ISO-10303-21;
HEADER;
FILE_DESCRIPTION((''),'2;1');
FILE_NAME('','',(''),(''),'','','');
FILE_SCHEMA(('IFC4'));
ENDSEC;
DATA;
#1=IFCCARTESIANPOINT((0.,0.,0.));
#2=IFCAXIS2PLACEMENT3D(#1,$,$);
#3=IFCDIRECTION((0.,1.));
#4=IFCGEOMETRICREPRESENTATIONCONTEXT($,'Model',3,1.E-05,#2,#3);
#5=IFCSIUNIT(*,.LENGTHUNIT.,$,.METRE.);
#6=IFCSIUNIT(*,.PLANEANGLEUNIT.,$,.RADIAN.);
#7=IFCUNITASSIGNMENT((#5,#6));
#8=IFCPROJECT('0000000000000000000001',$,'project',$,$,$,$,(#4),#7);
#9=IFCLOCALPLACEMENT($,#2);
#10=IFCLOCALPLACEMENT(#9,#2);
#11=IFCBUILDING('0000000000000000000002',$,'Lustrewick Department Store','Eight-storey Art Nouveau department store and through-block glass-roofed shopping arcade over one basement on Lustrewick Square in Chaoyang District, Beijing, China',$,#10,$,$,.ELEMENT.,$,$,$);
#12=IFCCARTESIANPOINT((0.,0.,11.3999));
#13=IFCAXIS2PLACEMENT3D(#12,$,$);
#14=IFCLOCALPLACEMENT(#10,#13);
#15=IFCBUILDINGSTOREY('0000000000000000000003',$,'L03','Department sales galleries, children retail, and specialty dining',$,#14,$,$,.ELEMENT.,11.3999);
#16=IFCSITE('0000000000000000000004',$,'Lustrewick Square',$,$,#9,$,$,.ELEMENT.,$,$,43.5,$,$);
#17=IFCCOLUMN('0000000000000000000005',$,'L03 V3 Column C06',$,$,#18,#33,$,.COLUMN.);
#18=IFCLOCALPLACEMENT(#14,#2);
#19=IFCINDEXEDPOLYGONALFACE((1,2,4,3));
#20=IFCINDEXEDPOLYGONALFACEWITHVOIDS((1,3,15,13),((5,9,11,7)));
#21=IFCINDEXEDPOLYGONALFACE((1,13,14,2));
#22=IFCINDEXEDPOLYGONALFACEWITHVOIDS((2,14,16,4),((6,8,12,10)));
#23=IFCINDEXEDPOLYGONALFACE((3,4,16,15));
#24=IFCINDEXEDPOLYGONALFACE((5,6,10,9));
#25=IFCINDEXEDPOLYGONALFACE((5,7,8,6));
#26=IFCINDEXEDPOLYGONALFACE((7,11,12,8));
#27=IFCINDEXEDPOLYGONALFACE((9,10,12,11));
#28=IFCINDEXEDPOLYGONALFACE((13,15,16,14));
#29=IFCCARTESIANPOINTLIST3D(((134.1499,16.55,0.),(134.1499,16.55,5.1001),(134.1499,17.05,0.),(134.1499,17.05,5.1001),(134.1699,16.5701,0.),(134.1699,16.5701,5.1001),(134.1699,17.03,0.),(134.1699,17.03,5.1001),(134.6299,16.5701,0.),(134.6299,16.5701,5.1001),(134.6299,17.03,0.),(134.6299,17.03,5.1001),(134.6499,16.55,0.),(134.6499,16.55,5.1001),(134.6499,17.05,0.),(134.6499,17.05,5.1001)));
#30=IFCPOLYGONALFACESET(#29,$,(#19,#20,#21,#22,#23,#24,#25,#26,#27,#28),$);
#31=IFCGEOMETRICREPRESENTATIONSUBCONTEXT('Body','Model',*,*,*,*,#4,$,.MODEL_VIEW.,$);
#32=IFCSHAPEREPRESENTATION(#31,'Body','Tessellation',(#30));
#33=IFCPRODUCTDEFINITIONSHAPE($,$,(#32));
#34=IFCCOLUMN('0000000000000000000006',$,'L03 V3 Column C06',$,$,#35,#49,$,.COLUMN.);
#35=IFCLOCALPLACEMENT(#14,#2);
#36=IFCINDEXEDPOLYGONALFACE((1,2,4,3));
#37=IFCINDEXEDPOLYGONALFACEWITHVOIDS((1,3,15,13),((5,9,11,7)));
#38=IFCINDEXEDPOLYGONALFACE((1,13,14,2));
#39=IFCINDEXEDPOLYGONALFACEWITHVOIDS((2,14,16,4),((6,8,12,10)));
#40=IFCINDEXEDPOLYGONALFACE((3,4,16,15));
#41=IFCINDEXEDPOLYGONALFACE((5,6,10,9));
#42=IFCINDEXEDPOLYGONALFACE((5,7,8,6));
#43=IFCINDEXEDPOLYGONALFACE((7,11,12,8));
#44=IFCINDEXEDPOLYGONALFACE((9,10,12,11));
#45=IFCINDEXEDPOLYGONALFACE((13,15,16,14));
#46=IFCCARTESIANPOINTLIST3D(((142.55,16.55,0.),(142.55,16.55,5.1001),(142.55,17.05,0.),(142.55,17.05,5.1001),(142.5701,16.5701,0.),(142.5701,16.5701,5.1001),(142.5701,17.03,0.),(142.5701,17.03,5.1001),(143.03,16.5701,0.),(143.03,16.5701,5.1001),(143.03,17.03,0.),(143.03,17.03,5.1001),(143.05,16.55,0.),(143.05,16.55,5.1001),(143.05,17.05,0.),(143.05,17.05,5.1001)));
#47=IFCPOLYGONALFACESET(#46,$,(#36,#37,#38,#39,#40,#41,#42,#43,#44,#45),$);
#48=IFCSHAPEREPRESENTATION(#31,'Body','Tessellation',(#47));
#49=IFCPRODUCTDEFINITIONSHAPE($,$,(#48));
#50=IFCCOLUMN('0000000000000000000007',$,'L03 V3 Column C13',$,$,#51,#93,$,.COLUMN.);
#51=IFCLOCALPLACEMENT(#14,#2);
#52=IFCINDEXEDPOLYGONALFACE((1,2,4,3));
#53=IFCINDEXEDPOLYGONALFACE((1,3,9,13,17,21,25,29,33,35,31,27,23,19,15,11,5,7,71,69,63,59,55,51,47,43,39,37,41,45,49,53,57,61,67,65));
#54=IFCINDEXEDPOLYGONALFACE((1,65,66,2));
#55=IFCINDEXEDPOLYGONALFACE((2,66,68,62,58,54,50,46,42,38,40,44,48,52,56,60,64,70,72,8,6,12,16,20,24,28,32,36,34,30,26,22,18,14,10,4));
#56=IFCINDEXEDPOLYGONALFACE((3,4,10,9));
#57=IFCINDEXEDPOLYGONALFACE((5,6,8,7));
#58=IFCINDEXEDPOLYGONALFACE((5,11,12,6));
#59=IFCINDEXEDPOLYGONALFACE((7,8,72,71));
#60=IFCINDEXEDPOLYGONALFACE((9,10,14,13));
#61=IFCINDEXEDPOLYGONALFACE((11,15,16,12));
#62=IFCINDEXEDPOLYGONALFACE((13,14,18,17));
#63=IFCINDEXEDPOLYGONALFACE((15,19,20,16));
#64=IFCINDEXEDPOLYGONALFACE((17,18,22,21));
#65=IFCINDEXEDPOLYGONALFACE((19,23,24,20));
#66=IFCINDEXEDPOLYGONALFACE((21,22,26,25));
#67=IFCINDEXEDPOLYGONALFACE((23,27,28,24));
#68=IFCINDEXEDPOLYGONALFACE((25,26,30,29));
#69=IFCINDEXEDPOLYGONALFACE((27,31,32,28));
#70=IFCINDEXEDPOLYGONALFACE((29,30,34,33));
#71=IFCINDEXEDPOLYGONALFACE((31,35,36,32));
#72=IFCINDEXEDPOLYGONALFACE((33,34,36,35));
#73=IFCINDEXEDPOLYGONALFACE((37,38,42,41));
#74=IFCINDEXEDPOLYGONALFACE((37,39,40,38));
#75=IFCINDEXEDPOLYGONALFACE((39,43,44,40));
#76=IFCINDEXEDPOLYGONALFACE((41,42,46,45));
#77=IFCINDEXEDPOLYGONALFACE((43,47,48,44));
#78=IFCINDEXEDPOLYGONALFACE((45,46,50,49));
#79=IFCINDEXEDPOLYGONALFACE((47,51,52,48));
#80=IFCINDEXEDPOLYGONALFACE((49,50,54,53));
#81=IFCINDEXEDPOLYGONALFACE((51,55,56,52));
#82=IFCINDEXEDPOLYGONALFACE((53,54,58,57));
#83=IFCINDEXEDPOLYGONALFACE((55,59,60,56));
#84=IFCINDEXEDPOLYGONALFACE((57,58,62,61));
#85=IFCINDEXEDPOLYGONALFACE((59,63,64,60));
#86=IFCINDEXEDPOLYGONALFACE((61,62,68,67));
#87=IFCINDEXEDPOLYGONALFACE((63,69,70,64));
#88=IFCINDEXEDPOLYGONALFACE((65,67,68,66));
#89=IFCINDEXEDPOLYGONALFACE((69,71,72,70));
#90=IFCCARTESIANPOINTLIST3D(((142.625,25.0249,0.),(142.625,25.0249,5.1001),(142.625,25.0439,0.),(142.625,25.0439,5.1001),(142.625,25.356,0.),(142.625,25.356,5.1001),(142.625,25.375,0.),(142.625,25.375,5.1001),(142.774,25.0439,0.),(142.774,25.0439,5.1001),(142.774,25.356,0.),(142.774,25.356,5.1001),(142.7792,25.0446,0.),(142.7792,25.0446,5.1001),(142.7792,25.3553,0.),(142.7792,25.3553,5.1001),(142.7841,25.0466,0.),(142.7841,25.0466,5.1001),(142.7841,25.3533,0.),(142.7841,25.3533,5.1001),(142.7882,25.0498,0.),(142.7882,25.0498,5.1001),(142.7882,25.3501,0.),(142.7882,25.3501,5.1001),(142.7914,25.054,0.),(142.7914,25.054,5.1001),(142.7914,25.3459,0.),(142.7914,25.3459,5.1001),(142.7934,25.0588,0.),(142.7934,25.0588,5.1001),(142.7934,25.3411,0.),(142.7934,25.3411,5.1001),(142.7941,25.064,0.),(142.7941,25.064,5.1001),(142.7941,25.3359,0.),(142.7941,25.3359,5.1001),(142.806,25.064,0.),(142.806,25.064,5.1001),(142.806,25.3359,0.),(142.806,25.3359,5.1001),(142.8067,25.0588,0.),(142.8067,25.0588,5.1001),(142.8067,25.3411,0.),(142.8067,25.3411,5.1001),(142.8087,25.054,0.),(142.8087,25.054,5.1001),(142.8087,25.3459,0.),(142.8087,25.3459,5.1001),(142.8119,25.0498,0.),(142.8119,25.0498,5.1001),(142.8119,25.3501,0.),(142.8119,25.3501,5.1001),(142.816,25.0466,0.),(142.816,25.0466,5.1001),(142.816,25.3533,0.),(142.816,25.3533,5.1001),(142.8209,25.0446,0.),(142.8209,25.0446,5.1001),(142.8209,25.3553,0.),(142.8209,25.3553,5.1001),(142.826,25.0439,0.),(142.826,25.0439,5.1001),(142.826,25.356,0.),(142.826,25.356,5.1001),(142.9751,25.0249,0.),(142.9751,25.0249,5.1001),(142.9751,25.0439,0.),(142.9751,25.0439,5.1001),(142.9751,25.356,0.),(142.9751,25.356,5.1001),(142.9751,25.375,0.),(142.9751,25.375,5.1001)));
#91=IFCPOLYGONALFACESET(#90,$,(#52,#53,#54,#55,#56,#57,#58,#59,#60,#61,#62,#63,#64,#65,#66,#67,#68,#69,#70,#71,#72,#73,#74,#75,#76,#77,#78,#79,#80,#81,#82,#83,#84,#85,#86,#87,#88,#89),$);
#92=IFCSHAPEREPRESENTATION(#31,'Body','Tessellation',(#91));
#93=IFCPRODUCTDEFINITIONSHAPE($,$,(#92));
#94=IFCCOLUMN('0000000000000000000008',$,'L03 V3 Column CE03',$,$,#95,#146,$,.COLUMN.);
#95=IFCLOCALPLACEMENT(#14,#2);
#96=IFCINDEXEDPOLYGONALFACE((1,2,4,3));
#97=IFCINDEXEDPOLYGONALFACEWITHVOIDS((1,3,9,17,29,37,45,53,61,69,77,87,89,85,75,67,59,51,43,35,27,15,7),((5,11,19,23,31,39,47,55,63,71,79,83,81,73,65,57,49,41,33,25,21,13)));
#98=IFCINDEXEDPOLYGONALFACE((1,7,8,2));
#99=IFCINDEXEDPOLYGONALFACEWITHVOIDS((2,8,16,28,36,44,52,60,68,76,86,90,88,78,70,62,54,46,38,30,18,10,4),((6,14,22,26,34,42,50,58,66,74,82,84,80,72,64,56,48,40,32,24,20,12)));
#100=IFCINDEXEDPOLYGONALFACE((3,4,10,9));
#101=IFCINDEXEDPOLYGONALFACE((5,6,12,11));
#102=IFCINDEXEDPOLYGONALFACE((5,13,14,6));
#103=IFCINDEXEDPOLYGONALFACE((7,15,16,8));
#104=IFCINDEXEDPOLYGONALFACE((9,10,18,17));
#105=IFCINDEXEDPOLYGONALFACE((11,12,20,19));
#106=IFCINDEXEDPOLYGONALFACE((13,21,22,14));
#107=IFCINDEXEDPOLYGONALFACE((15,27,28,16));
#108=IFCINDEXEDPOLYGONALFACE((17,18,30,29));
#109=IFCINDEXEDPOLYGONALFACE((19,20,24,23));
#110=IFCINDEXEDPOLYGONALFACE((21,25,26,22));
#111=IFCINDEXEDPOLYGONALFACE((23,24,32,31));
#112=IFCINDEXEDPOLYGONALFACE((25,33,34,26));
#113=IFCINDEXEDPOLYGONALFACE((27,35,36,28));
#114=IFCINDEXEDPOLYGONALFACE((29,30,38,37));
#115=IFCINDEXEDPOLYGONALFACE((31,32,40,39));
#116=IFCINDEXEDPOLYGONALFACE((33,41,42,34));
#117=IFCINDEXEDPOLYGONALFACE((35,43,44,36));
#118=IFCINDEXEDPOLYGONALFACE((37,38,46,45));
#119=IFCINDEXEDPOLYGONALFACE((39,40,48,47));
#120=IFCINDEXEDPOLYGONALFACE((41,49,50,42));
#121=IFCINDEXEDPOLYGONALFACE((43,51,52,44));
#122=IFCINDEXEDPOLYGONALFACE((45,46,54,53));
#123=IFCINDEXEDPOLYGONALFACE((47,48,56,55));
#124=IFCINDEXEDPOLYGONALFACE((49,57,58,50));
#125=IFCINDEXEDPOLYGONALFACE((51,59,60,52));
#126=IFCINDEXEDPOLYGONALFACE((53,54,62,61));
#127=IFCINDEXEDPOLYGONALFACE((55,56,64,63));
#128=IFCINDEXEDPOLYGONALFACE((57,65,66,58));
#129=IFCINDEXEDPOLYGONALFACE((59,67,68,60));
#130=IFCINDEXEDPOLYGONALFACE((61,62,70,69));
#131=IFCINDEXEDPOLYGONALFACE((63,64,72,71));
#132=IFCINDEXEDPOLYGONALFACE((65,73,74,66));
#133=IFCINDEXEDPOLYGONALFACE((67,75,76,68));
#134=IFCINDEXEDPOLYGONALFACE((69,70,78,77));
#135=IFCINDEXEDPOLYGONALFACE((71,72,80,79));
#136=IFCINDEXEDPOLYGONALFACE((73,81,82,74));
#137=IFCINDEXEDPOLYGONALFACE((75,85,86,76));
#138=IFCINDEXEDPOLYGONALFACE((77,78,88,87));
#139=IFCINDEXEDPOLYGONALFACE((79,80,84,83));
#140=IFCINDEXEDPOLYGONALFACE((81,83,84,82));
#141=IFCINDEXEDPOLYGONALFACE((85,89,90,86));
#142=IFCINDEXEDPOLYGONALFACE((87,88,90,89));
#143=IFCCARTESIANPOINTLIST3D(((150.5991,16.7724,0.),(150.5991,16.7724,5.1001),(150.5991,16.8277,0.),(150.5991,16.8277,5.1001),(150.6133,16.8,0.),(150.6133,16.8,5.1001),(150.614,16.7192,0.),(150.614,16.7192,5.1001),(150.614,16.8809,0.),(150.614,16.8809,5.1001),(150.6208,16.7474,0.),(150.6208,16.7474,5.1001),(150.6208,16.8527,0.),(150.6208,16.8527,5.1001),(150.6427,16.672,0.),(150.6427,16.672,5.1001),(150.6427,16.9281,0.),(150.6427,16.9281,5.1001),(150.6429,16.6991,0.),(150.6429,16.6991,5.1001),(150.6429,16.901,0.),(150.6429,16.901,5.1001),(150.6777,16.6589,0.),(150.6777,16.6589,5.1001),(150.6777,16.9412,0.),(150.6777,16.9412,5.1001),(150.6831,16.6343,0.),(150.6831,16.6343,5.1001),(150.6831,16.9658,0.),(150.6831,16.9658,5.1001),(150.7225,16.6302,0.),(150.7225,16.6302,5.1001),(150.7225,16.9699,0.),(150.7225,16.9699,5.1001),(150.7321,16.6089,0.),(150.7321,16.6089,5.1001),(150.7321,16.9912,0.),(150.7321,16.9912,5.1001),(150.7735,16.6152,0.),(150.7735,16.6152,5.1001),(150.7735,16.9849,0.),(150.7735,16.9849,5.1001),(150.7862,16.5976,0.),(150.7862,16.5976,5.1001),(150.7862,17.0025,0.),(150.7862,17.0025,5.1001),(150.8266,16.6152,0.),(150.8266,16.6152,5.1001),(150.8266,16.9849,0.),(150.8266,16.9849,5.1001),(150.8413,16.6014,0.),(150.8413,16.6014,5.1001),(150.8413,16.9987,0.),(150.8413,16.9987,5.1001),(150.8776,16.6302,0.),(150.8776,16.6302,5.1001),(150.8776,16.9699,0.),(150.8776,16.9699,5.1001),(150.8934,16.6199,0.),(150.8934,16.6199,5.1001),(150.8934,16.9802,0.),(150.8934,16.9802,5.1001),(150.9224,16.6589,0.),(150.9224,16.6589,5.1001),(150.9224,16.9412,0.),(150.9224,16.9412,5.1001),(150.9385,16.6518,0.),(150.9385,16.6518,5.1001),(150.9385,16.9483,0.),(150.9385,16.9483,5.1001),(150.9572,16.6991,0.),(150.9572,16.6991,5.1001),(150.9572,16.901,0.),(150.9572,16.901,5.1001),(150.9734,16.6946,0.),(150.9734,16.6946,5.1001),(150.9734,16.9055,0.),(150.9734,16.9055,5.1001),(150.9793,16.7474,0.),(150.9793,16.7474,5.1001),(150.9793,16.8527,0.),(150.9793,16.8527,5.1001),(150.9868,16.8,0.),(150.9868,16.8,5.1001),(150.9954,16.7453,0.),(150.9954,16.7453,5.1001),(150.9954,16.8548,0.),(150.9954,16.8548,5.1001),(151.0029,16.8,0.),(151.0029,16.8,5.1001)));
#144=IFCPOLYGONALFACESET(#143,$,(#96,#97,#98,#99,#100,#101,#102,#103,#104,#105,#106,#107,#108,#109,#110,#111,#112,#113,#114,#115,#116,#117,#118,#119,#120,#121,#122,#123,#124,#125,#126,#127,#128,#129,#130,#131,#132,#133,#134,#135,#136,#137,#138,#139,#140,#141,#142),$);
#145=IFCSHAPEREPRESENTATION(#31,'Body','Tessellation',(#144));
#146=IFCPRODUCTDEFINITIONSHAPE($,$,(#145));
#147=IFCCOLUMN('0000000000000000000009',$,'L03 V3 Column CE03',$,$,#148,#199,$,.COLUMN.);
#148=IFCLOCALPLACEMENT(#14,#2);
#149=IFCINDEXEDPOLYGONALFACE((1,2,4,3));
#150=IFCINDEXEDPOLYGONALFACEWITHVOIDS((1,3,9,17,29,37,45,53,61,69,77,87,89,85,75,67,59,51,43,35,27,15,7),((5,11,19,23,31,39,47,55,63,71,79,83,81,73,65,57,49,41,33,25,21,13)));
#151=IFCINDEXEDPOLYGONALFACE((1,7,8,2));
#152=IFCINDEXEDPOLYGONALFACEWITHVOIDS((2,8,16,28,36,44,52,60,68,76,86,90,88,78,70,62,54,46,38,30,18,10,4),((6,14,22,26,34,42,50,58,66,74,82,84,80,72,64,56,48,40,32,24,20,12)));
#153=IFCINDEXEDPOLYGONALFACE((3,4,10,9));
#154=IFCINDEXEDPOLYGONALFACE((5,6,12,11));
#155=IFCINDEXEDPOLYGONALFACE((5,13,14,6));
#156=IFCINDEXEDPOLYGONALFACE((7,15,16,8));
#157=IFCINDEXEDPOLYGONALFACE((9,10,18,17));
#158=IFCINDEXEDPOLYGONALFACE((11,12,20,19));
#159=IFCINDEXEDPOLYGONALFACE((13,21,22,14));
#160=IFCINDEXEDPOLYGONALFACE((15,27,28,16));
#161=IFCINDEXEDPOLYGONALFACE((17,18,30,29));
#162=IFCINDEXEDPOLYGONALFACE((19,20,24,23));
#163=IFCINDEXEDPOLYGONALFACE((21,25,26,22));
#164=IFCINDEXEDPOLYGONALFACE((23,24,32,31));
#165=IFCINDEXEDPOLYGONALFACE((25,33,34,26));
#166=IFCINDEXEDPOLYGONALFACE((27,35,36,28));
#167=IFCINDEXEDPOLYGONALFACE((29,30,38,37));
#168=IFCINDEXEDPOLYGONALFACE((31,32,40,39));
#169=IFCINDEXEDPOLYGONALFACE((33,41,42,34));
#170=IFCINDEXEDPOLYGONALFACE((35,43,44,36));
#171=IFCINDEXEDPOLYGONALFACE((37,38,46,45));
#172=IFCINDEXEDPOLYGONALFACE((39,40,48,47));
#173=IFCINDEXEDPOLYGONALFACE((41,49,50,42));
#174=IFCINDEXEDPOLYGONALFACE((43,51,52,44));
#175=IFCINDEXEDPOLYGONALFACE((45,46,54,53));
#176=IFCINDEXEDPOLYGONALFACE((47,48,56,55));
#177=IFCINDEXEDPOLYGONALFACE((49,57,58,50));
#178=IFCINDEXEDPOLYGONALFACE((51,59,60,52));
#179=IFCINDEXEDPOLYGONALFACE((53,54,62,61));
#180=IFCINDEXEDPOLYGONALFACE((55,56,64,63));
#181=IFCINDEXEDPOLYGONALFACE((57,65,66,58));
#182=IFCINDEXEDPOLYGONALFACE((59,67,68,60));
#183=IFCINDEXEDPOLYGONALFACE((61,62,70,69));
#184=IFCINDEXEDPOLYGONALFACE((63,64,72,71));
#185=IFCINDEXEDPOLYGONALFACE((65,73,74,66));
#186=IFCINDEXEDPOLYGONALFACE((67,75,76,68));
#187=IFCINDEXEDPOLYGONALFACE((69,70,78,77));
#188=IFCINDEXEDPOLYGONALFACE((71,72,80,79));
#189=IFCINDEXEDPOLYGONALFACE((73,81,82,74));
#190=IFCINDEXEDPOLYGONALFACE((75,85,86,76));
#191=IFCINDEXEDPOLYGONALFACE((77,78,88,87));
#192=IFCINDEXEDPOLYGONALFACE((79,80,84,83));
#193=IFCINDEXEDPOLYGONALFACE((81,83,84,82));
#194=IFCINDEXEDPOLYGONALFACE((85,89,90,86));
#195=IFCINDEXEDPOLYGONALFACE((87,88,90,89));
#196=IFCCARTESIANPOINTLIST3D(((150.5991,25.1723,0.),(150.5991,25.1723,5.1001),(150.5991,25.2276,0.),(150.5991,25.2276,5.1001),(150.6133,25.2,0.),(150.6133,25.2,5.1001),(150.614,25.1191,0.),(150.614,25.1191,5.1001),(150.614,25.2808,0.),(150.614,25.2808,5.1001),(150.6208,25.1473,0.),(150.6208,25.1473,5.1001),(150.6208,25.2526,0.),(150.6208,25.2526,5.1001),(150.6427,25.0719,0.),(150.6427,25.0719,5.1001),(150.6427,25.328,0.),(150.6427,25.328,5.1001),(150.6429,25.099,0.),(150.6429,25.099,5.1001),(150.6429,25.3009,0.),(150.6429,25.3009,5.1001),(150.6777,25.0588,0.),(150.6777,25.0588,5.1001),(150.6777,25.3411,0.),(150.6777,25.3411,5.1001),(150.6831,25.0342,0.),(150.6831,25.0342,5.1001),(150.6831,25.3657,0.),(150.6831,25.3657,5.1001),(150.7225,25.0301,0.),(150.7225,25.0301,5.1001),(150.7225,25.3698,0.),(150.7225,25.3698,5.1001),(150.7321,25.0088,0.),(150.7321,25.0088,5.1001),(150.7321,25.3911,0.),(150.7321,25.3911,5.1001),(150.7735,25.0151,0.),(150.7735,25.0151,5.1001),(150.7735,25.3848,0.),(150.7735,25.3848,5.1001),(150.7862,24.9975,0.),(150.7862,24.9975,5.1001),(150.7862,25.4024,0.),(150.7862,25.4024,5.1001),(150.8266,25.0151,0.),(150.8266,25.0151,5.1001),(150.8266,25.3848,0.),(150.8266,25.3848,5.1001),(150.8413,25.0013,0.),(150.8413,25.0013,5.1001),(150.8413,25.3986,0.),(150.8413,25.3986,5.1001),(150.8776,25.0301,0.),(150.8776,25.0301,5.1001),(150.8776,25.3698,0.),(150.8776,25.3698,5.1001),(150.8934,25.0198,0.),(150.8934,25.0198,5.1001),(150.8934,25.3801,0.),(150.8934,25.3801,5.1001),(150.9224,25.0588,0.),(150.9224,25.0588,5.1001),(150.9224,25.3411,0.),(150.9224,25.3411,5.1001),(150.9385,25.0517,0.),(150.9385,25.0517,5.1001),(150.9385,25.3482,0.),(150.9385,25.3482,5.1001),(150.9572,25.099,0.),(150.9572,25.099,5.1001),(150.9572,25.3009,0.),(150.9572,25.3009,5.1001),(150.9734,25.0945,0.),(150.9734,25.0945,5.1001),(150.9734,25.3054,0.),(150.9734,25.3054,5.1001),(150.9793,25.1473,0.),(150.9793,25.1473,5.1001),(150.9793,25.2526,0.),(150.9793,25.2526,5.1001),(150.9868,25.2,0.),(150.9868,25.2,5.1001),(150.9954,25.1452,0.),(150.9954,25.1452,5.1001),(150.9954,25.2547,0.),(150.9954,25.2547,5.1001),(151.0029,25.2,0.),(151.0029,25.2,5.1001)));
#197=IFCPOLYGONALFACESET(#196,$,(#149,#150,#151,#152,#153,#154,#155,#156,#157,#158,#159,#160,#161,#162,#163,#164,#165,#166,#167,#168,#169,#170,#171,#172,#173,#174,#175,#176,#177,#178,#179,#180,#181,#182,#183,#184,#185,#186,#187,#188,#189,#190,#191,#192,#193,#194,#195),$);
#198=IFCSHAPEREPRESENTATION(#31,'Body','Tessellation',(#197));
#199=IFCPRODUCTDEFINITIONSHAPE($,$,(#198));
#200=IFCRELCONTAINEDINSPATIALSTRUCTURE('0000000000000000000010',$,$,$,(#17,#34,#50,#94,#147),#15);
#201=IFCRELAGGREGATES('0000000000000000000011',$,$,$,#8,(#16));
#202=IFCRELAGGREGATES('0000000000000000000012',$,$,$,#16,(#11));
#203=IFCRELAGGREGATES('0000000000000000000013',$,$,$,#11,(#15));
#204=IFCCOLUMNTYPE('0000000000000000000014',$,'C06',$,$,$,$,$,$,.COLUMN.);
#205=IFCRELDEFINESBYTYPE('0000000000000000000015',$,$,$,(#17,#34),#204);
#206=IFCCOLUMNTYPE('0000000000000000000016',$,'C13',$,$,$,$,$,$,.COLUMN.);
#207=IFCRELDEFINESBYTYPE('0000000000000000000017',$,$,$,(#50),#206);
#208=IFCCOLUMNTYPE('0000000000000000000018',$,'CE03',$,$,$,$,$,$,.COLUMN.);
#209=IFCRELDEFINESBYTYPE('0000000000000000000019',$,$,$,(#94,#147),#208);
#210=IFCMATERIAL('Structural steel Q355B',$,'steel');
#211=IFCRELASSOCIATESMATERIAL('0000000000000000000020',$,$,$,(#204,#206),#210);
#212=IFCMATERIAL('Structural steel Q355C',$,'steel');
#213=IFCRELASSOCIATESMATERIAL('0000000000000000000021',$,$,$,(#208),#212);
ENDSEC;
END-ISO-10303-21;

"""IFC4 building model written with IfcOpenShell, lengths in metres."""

from ifc_helpers import new_model, si_unit, direction, frame, origin, origin_2d, place, context, subcontext, project, spatial, hollow_rectangle, hollow_circle, i_section, extrude, material, material_profile, profile_set, type_object, element, save


model = new_model("IFC4")

# Units and contexts
model_context = context("Model", 3, precision=1e-05, world=origin(), true_north=direction((0.0, 1.0)))
body_context = subcontext(model_context, "Body", "Model", "MODEL_VIEW")
ifc_project = project(units=[si_unit("LENGTHUNIT", "METRE"), si_unit("PLANEANGLEUNIT", "RADIAN")], contexts=[model_context])

# Site, building, storey
site_placement = place(None, origin())
site = spatial("IfcSite", under=ifc_project, at=site_placement, Name="Lustrewick Square", CompositionType="ELEMENT", RefElevation=43.5)
building_placement = place(site_placement, origin())
building = spatial("IfcBuilding", under=site, at=building_placement, Name="Lustrewick Department Store", Description="Eight-storey Art Nouveau department store and through-block glass-roofed shopping arcade over one basement on Lustrewick Square in Chaoyang District, Beijing, China", CompositionType="ELEMENT")
storey_placement = place(building_placement, frame((0.0, 0.0, 11.3999)))
storey = spatial("IfcBuildingStorey", under=building, at=storey_placement, Name="L03", Description="Department sales galleries, children retail, and specialty dining", CompositionType="ELEMENT", Elevation=11.3999)

# Columns
ifc_material_1 = material(Name="Structural steel Q355B", Category="steel")
ifc_material_profile_1 = material_profile(ifc_material_1, hollow_rectangle(XDim=0.5, YDim=0.5, WallThickness=0.02, at=origin_2d()), Name="BOX 500x500x20")
ifc_profile_set_1 = profile_set([ifc_material_profile_1], Name="Structural steel Q355B")
column_type_1 = type_object("IfcColumnType", Name="C06", PredefinedType="COLUMN", material=ifc_profile_set_1)
for number, where, z_axis, x_axis, name in (
    (1, (134.3999, 16.8, 0.0), (0.0, 0.0, 1.0), (1.0, 0.0, 0.0), "L03 V3 Column C06"),
    (2, (142.8, 16.8, 0.0), (0.0, 0.0, 1.0), (1.0, 0.0, 0.0), "L03 V3 Column C06"),
):
    element("IfcColumn", number, at=place(storey_placement, frame(where, z_axis=z_axis, x_axis=x_axis)), inside=storey, type_object=column_type_1, Name=name, PredefinedType="COLUMN", context=body_context, shape_type="SweptSolid", body=[
        extrude(hollow_rectangle(XDim=0.5, YDim=0.5, WallThickness=0.02, at=origin_2d()), origin(), (0.0, 0.0, 1.0), 5.1001),
    ])
ifc_material_profile_2 = material_profile(ifc_material_1, i_section(OverallWidth=0.3501, OverallDepth=0.3501, WebThickness=0.012, FlangeThickness=0.019, FilletRadius=0.02, at=origin_2d()), Name="HW 350x350x12x19")
ifc_profile_set_2 = profile_set([ifc_material_profile_2], Name="Structural steel Q355B")
column_type_2 = type_object("IfcColumnType", Name="C13", PredefinedType="COLUMN", material=ifc_profile_set_2)
column_placement = place(storey_placement, frame((142.8, 25.2, 0.0), z_axis=(0.0, 0.0, 1.0), x_axis=(1.0, 0.0, 0.0)))
element("IfcColumn", 3, at=column_placement, inside=storey, type_object=column_type_2, Name="L03 V3 Column C13", PredefinedType="COLUMN", context=body_context, shape_type="SweptSolid", body=[
    extrude(i_section(OverallWidth=0.3501, OverallDepth=0.3501, WebThickness=0.012, FlangeThickness=0.019, FilletRadius=0.02, at=origin_2d()), origin(), (0.0, 0.0, 1.0), 5.1001),
])
ifc_material_2 = material(Name="Structural steel Q355C", Category="steel")
ifc_material_profile_3 = material_profile(ifc_material_2, hollow_circle(Radius=0.2029, WallThickness=0.0161, at=origin_2d()), Name="CHS 406x16")
ifc_profile_set_3 = profile_set([ifc_material_profile_3], Name="Structural steel Q355C")
column_type_3 = type_object("IfcColumnType", Name="CE03", PredefinedType="COLUMN", material=ifc_profile_set_3)
for number, where, z_axis, x_axis, name in (
    (4, (150.8, 16.8, 0.0), (0.0, 0.0, 1.0), (1.0, 0.0, 0.0), "L03 V3 Column CE03"),
    (5, (150.8, 25.2, 0.0), (0.0, 0.0, 1.0), (1.0, 0.0, 0.0), "L03 V3 Column CE03"),
):
    element("IfcColumn", number, at=place(storey_placement, frame(where, z_axis=z_axis, x_axis=x_axis)), inside=storey, type_object=column_type_3, Name=name, PredefinedType="COLUMN", context=body_context, shape_type="SweptSolid", body=[
        extrude(hollow_circle(Radius=0.2029, WallThickness=0.0161, at=origin_2d()), origin(), (0.0, 0.0, 1.0), 5.1001),
    ])

save(model, "model.ifc")
